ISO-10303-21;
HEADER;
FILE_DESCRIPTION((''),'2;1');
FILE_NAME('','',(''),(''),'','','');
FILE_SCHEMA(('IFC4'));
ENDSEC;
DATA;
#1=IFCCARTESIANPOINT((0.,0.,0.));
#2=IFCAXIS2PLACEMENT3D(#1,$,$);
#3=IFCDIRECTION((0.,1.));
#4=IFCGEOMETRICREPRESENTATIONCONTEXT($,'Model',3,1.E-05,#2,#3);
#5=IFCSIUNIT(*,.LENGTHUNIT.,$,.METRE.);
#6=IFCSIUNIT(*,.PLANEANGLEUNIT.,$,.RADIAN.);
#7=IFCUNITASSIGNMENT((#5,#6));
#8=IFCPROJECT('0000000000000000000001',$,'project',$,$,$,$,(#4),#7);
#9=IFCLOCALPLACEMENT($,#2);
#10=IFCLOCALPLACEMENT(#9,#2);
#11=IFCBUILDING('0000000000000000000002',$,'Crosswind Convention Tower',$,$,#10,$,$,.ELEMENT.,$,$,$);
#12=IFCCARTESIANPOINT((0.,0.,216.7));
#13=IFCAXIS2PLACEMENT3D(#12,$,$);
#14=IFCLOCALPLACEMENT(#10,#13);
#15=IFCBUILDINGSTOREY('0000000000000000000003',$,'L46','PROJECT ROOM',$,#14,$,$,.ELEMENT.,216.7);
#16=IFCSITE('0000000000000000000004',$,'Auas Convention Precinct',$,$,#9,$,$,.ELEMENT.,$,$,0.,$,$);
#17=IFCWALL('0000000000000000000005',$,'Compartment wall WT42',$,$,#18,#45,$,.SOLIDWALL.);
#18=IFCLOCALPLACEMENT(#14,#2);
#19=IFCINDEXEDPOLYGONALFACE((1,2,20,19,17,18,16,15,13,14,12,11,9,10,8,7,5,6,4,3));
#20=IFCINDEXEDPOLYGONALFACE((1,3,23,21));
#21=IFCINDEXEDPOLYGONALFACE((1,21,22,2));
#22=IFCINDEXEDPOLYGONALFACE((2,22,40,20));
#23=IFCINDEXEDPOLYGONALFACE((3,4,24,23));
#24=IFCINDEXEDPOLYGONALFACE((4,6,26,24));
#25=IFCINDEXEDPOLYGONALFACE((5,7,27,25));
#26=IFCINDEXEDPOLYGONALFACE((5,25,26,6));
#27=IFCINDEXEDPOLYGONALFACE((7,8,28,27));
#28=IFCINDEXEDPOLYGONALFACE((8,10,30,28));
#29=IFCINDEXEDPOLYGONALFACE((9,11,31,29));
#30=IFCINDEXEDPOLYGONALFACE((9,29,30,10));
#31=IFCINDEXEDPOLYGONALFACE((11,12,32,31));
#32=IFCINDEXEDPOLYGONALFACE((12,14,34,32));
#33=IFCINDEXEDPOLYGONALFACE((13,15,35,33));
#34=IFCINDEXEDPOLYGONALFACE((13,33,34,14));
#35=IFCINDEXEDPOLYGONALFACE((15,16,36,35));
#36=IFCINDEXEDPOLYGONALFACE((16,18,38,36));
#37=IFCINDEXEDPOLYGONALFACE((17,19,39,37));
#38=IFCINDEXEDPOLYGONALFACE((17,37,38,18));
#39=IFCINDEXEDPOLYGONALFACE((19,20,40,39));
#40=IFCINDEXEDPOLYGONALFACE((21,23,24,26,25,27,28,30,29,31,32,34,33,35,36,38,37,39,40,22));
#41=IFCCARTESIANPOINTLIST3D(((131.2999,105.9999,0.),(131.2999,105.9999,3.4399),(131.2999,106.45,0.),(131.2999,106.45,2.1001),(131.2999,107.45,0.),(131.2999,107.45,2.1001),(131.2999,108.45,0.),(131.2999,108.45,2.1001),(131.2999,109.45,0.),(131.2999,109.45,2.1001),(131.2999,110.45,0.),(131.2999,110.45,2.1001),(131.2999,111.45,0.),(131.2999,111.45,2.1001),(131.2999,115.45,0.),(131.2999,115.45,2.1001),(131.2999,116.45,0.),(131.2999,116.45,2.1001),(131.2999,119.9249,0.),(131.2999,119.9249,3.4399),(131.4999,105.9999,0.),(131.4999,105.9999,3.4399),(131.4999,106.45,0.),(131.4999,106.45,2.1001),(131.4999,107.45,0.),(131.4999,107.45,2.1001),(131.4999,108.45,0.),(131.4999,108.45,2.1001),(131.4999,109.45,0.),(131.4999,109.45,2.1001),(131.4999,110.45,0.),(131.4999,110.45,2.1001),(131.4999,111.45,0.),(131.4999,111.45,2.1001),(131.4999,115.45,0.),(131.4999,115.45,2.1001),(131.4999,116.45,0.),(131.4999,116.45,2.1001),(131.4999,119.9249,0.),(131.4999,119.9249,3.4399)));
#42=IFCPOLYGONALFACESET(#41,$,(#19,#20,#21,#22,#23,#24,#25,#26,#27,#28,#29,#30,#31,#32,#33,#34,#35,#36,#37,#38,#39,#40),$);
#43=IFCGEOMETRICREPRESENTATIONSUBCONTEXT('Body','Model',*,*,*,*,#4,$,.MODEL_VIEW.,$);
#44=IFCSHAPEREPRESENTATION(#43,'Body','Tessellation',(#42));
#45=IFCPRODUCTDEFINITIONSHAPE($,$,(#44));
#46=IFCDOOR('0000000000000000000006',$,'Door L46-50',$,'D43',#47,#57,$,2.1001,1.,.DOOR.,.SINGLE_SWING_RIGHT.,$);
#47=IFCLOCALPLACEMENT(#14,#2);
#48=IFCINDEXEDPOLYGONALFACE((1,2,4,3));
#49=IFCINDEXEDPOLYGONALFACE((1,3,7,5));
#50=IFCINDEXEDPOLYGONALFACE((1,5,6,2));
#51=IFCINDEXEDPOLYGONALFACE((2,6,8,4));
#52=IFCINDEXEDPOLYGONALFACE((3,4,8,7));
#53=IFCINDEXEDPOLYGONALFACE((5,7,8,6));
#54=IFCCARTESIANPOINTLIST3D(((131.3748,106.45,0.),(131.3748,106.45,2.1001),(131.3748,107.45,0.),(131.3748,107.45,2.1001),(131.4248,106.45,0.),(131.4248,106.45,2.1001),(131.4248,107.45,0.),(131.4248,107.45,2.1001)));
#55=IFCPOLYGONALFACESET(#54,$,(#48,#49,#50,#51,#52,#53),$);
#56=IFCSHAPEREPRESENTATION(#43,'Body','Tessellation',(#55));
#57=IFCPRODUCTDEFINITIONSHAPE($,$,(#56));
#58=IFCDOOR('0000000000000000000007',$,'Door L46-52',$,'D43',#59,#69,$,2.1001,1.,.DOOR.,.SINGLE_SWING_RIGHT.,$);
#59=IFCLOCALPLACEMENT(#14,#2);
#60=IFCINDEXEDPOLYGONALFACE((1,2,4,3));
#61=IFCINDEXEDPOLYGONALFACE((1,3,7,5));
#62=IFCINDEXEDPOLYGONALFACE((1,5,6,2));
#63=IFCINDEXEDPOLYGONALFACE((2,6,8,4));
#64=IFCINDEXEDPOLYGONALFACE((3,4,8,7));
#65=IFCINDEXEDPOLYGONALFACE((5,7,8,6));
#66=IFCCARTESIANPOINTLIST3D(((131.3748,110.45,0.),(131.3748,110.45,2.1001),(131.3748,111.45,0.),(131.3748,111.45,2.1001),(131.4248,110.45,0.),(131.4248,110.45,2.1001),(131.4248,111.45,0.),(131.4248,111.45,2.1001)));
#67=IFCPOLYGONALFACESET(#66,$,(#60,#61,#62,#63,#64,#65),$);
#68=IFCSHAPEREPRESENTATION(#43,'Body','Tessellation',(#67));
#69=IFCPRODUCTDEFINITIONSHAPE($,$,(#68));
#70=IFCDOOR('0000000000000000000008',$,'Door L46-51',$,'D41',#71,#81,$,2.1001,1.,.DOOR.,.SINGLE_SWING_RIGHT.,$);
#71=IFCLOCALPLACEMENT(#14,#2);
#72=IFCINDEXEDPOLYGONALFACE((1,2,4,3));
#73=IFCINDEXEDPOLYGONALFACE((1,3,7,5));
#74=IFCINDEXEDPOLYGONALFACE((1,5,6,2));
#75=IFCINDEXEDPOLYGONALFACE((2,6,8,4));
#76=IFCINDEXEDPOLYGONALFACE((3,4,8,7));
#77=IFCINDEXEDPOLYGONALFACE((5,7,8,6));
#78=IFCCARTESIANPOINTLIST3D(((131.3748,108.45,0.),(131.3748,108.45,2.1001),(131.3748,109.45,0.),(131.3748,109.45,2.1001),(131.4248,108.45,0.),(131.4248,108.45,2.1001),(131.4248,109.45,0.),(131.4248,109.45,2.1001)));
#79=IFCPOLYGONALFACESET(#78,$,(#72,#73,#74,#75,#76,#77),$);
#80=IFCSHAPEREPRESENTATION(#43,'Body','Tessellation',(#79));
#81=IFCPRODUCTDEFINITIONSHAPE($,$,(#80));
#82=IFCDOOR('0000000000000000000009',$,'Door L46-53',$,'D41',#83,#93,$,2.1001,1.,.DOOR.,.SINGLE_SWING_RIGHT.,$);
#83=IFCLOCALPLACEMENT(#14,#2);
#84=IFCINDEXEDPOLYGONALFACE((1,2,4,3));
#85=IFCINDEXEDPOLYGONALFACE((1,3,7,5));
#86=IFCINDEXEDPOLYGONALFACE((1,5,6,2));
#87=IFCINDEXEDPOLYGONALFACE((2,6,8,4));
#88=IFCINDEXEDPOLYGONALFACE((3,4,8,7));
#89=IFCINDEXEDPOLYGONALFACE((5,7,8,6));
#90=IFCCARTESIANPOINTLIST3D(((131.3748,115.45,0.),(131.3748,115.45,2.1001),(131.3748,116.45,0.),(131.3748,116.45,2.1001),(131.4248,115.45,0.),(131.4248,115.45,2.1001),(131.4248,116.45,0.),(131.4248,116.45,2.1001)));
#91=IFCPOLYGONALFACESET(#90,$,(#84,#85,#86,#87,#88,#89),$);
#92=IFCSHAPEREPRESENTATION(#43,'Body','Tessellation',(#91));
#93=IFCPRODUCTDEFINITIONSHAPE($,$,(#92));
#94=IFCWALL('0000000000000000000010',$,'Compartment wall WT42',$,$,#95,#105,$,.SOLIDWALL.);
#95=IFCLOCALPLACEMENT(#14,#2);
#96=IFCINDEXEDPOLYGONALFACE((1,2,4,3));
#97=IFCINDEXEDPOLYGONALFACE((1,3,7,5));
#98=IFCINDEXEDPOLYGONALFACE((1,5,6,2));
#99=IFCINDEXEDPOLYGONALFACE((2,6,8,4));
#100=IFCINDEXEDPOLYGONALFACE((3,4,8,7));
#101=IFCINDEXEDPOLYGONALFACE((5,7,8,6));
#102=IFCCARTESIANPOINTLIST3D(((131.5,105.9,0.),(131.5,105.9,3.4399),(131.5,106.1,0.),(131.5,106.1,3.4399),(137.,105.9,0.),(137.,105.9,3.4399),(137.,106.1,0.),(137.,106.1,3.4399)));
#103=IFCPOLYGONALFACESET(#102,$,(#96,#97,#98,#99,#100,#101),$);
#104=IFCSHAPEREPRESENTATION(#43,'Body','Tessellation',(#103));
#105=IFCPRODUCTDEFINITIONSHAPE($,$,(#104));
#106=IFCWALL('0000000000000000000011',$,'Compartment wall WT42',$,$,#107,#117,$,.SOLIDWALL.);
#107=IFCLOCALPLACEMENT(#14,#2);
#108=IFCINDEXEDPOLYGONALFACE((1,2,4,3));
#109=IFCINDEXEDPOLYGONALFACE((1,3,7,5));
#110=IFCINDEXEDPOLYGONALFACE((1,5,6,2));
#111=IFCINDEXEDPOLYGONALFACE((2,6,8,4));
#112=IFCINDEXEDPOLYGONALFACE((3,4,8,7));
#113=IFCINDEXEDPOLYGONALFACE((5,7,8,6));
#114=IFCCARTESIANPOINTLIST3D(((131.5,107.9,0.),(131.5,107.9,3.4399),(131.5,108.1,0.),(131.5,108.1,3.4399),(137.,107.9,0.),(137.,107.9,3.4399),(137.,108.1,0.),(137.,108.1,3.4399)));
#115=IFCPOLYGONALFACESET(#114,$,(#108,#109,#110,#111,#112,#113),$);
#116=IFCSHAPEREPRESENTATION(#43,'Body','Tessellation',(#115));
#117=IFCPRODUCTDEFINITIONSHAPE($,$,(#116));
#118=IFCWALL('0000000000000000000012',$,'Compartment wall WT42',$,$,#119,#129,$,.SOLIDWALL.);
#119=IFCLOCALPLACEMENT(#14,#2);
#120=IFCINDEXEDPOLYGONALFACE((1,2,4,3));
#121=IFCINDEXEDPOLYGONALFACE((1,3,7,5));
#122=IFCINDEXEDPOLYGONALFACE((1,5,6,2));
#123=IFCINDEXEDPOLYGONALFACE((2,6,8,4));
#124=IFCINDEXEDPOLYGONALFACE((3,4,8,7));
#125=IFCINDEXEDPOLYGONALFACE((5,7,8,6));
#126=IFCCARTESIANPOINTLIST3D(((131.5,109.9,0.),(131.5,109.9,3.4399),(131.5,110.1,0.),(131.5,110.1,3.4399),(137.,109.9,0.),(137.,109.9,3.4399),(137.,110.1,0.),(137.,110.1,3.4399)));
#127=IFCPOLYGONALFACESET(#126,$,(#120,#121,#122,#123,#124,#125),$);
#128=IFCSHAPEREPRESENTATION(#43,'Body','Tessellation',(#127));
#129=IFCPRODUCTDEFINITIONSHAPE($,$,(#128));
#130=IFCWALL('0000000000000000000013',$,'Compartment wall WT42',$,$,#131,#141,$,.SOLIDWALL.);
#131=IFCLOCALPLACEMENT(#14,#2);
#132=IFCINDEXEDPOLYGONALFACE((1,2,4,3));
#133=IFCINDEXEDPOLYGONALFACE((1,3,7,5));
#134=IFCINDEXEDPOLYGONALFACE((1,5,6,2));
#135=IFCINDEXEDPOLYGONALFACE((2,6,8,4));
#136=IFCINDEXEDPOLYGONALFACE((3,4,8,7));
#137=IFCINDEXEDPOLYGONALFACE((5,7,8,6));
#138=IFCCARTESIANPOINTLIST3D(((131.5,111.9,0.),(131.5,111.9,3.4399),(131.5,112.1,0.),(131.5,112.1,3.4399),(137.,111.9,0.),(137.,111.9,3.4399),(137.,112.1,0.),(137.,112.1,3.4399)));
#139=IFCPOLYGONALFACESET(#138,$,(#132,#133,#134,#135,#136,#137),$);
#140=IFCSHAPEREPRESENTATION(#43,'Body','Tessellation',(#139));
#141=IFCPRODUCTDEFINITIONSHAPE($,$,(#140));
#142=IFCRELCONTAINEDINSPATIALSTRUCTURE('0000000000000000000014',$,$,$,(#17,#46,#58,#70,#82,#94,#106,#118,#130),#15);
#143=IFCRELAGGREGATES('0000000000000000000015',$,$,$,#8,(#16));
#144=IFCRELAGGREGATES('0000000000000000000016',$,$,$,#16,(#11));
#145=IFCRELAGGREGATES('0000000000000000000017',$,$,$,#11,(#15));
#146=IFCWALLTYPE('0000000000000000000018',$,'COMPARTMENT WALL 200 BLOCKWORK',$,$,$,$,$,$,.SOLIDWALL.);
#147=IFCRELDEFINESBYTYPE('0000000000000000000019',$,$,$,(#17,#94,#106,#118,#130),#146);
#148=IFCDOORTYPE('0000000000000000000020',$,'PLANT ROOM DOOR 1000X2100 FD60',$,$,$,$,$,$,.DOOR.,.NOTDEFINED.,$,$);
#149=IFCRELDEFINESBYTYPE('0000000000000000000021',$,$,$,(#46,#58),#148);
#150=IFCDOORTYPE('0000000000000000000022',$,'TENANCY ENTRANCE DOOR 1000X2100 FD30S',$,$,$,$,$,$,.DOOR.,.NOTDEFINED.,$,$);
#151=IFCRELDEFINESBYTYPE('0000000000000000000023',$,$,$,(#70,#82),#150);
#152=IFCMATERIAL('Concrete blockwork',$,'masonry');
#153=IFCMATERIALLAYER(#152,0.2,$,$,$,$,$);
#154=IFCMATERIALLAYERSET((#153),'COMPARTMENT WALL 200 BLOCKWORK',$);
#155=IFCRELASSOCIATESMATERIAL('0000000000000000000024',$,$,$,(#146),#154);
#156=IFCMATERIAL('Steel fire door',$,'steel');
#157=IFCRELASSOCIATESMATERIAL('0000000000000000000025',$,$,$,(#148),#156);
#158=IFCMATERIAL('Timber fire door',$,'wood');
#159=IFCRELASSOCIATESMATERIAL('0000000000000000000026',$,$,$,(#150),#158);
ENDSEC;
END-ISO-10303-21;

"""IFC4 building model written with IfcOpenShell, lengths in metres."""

from ifc_helpers import new_model, si_unit, direction, frame, frame_2d, origin, place, context, subcontext, project, spatial, rectangle, extrude, material, layer, layer_set, type_object, element, fill, save


model = new_model("IFC4")

# Units and contexts
model_context = context("Model", 3, precision=1e-05, world=origin(), true_north=direction((0.0, 1.0)))
body_context = subcontext(model_context, "Body", "Model", "MODEL_VIEW")
ifc_project = project(units=[si_unit("LENGTHUNIT", "METRE"), si_unit("PLANEANGLEUNIT", "RADIAN")], contexts=[model_context])

# Site, building, storey
site_placement = place(None, origin())
site = spatial("IfcSite", under=ifc_project, at=site_placement, Name="Auas Convention Precinct", CompositionType="ELEMENT", RefElevation=0.0)
building_placement = place(site_placement, origin())
building = spatial("IfcBuilding", under=site, at=building_placement, Name="Crosswind Convention Tower", CompositionType="ELEMENT")
storey_placement = place(building_placement, frame((0.0, 0.0, 216.7)))
storey = spatial("IfcBuildingStorey", under=building, at=storey_placement, Name="L46", Description="PROJECT ROOM", CompositionType="ELEMENT", Elevation=216.7)

# Wall, openings, doors
ifc_material_1 = material(Name="Concrete blockwork", Category="masonry")
ifc_layer = layer(ifc_material_1, 0.2)
ifc_layer_set = layer_set([ifc_layer], Name="COMPARTMENT WALL 200 BLOCKWORK")
wall_type = type_object("IfcWallType", Name="COMPARTMENT WALL 200 BLOCKWORK", PredefinedType="SOLIDWALL", material=ifc_layer_set)
wall_placement = place(storey_placement, frame((131.3999, 106.0, 0.0), z_axis=(0.0, 0.0, 1.0), x_axis=(0.0, 1.0, 0.0)))
wall = element("IfcWall", 1, at=wall_placement, inside=storey, type_object=wall_type, Name="Compartment wall WT42", PredefinedType="SOLIDWALL", context=body_context, shape_type="SweptSolid", body=[
    extrude(rectangle(XDim=13.925, YDim=0.2, at=frame_2d((6.9624, 0.0))), origin(), (0.0, 0.0, 1.0), 3.4399),
])
opening_1_placement = place(wall_placement, frame((0.45, 0.0, 0.0)))
opening_1 = element("IfcOpeningElement", 2, at=opening_1_placement, cuts=wall, PredefinedType="OPENING", context=body_context, shape_type="SweptSolid", body=[
    extrude(rectangle(XDim=1.0, YDim=2.1001, at=frame_2d((0.5, 1.05))), frame((0.0, 0.1099, 0.0), z_axis=(0.0, -1.0, 0.0), x_axis=(1.0, 0.0, 0.0)), (0.0, 0.0, 1.0), 0.22),
])
opening_2_placement = place(wall_placement, frame((2.45, 0.0, 0.0)))
opening_2 = element("IfcOpeningElement", 3, at=opening_2_placement, cuts=wall, PredefinedType="OPENING", context=body_context, shape_type="SweptSolid", body=[
    extrude(rectangle(XDim=1.0, YDim=2.1001, at=frame_2d((0.5, 1.05))), frame((0.0, 0.1099, 0.0), z_axis=(0.0, -1.0, 0.0), x_axis=(1.0, 0.0, 0.0)), (0.0, 0.0, 1.0), 0.22),
])
opening_3_placement = place(wall_placement, frame((4.45, 0.0, 0.0)))
opening_3 = element("IfcOpeningElement", 4, at=opening_3_placement, cuts=wall, PredefinedType="OPENING", context=body_context, shape_type="SweptSolid", body=[
    extrude(rectangle(XDim=1.0, YDim=2.1001, at=frame_2d((0.5, 1.05))), frame((0.0, 0.1099, 0.0), z_axis=(0.0, -1.0, 0.0), x_axis=(1.0, 0.0, 0.0)), (0.0, 0.0, 1.0), 0.22),
])
opening_4_placement = place(wall_placement, frame((9.45, 0.0, 0.0)))
opening_4 = element("IfcOpeningElement", 5, at=opening_4_placement, cuts=wall, PredefinedType="OPENING", context=body_context, shape_type="SweptSolid", body=[
    extrude(rectangle(XDim=1.0, YDim=2.1001, at=frame_2d((0.5, 1.05))), frame((0.0, 0.1099, 0.0), z_axis=(0.0, -1.0, 0.0), x_axis=(1.0, 0.0, 0.0)), (0.0, 0.0, 1.0), 0.22),
])
ifc_material_2 = material(Name="Steel fire door", Category="steel")
door_type_1 = type_object("IfcDoorType", Name="PLANT ROOM DOOR 1000X2100 FD60", OperationType="NOTDEFINED", PredefinedType="DOOR", material=ifc_material_2)
door_1_placement = place(opening_1_placement, frame((1.0, 0.0, 0.0), z_axis=(0.0, 0.0, 1.0), x_axis=(-1.0, 0.0, 0.0)))
door_1 = element("IfcDoor", 6, at=door_1_placement, inside=storey, type_object=door_type_1, Name="Door L46-50", ObjectType="D43", OperationType="SINGLE_SWING_RIGHT", OverallHeight=2.1001, OverallWidth=1.0, PredefinedType="DOOR", context=body_context, shape_type="SweptSolid", body=[
    extrude(rectangle(XDim=1.0, YDim=2.1001, at=frame_2d((0.5, 1.05))), frame((0.0, 0.0249, 0.0), z_axis=(0.0, -1.0, 0.0), x_axis=(1.0, 0.0, 0.0)), (0.0, 0.0, 1.0), 0.05),
])
fill(opening_1, door_1)
door_2_placement = place(opening_3_placement, frame((1.0, 0.0, 0.0), z_axis=(0.0, 0.0, 1.0), x_axis=(-1.0, 0.0, 0.0)))
door_2 = element("IfcDoor", 7, at=door_2_placement, inside=storey, type_object=door_type_1, Name="Door L46-52", ObjectType="D43", OperationType="SINGLE_SWING_RIGHT", OverallHeight=2.1001, OverallWidth=1.0, PredefinedType="DOOR", context=body_context, shape_type="SweptSolid", body=[
    extrude(rectangle(XDim=1.0, YDim=2.1001, at=frame_2d((0.5, 1.05))), frame((0.0, 0.0249, 0.0), z_axis=(0.0, -1.0, 0.0), x_axis=(1.0, 0.0, 0.0)), (0.0, 0.0, 1.0), 0.05),
])
fill(opening_3, door_2)
ifc_material_3 = material(Name="Timber fire door", Category="wood")
door_type_2 = type_object("IfcDoorType", Name="TENANCY ENTRANCE DOOR 1000X2100 FD30S", OperationType="NOTDEFINED", PredefinedType="DOOR", material=ifc_material_3)
door_3_placement = place(opening_2_placement, frame((1.0, 0.0, 0.0), z_axis=(0.0, 0.0, 1.0), x_axis=(-1.0, 0.0, 0.0)))
door_3 = element("IfcDoor", 8, at=door_3_placement, inside=storey, type_object=door_type_2, Name="Door L46-51", ObjectType="D41", OperationType="SINGLE_SWING_RIGHT", OverallHeight=2.1001, OverallWidth=1.0, PredefinedType="DOOR", context=body_context, shape_type="SweptSolid", body=[
    extrude(rectangle(XDim=1.0, YDim=2.1001, at=frame_2d((0.5, 1.05))), frame((0.0, 0.0249, 0.0), z_axis=(0.0, -1.0, 0.0), x_axis=(1.0, 0.0, 0.0)), (0.0, 0.0, 1.0), 0.05),
])
fill(opening_2, door_3)
door_4_placement = place(opening_4_placement, frame((1.0, 0.0, 0.0), z_axis=(0.0, 0.0, 1.0), x_axis=(-1.0, 0.0, 0.0)))
door_4 = element("IfcDoor", 9, at=door_4_placement, inside=storey, type_object=door_type_2, Name="Door L46-53", ObjectType="D41", OperationType="SINGLE_SWING_RIGHT", OverallHeight=2.1001, OverallWidth=1.0, PredefinedType="DOOR", context=body_context, shape_type="SweptSolid", body=[
    extrude(rectangle(XDim=1.0, YDim=2.1001, at=frame_2d((0.5, 1.05))), frame((0.0, 0.0249, 0.0), z_axis=(0.0, -1.0, 0.0), x_axis=(1.0, 0.0, 0.0)), (0.0, 0.0, 1.0), 0.05),
])
fill(opening_4, door_4)

# Walls
for number, where, z_axis, x_axis, name in (
    (10, (131.5, 106.0, 0.0), (0.0, 0.0, 1.0), (1.0, 0.0, 0.0), "Compartment wall WT42"),
    (11, (131.5, 108.0, 0.0), (0.0, 0.0, 1.0), (1.0, 0.0, 0.0), "Compartment wall WT42"),
    (12, (131.5, 110.0, 0.0), (0.0, 0.0, 1.0), (1.0, 0.0, 0.0), "Compartment wall WT42"),
    (13, (131.5, 112.0, 0.0), (0.0, 0.0, 1.0), (1.0, 0.0, 0.0), "Compartment wall WT42"),
):
    element("IfcWall", number, at=place(storey_placement, frame(where, z_axis=z_axis, x_axis=x_axis)), inside=storey, type_object=wall_type, Name=name, PredefinedType="SOLIDWALL", context=body_context, shape_type="SweptSolid", body=[
        extrude(rectangle(XDim=5.5, YDim=0.2, at=frame_2d((2.75, 0.0))), origin(), (0.0, 0.0, 1.0), 3.4399),
    ])

save(model, "model.ifc")
